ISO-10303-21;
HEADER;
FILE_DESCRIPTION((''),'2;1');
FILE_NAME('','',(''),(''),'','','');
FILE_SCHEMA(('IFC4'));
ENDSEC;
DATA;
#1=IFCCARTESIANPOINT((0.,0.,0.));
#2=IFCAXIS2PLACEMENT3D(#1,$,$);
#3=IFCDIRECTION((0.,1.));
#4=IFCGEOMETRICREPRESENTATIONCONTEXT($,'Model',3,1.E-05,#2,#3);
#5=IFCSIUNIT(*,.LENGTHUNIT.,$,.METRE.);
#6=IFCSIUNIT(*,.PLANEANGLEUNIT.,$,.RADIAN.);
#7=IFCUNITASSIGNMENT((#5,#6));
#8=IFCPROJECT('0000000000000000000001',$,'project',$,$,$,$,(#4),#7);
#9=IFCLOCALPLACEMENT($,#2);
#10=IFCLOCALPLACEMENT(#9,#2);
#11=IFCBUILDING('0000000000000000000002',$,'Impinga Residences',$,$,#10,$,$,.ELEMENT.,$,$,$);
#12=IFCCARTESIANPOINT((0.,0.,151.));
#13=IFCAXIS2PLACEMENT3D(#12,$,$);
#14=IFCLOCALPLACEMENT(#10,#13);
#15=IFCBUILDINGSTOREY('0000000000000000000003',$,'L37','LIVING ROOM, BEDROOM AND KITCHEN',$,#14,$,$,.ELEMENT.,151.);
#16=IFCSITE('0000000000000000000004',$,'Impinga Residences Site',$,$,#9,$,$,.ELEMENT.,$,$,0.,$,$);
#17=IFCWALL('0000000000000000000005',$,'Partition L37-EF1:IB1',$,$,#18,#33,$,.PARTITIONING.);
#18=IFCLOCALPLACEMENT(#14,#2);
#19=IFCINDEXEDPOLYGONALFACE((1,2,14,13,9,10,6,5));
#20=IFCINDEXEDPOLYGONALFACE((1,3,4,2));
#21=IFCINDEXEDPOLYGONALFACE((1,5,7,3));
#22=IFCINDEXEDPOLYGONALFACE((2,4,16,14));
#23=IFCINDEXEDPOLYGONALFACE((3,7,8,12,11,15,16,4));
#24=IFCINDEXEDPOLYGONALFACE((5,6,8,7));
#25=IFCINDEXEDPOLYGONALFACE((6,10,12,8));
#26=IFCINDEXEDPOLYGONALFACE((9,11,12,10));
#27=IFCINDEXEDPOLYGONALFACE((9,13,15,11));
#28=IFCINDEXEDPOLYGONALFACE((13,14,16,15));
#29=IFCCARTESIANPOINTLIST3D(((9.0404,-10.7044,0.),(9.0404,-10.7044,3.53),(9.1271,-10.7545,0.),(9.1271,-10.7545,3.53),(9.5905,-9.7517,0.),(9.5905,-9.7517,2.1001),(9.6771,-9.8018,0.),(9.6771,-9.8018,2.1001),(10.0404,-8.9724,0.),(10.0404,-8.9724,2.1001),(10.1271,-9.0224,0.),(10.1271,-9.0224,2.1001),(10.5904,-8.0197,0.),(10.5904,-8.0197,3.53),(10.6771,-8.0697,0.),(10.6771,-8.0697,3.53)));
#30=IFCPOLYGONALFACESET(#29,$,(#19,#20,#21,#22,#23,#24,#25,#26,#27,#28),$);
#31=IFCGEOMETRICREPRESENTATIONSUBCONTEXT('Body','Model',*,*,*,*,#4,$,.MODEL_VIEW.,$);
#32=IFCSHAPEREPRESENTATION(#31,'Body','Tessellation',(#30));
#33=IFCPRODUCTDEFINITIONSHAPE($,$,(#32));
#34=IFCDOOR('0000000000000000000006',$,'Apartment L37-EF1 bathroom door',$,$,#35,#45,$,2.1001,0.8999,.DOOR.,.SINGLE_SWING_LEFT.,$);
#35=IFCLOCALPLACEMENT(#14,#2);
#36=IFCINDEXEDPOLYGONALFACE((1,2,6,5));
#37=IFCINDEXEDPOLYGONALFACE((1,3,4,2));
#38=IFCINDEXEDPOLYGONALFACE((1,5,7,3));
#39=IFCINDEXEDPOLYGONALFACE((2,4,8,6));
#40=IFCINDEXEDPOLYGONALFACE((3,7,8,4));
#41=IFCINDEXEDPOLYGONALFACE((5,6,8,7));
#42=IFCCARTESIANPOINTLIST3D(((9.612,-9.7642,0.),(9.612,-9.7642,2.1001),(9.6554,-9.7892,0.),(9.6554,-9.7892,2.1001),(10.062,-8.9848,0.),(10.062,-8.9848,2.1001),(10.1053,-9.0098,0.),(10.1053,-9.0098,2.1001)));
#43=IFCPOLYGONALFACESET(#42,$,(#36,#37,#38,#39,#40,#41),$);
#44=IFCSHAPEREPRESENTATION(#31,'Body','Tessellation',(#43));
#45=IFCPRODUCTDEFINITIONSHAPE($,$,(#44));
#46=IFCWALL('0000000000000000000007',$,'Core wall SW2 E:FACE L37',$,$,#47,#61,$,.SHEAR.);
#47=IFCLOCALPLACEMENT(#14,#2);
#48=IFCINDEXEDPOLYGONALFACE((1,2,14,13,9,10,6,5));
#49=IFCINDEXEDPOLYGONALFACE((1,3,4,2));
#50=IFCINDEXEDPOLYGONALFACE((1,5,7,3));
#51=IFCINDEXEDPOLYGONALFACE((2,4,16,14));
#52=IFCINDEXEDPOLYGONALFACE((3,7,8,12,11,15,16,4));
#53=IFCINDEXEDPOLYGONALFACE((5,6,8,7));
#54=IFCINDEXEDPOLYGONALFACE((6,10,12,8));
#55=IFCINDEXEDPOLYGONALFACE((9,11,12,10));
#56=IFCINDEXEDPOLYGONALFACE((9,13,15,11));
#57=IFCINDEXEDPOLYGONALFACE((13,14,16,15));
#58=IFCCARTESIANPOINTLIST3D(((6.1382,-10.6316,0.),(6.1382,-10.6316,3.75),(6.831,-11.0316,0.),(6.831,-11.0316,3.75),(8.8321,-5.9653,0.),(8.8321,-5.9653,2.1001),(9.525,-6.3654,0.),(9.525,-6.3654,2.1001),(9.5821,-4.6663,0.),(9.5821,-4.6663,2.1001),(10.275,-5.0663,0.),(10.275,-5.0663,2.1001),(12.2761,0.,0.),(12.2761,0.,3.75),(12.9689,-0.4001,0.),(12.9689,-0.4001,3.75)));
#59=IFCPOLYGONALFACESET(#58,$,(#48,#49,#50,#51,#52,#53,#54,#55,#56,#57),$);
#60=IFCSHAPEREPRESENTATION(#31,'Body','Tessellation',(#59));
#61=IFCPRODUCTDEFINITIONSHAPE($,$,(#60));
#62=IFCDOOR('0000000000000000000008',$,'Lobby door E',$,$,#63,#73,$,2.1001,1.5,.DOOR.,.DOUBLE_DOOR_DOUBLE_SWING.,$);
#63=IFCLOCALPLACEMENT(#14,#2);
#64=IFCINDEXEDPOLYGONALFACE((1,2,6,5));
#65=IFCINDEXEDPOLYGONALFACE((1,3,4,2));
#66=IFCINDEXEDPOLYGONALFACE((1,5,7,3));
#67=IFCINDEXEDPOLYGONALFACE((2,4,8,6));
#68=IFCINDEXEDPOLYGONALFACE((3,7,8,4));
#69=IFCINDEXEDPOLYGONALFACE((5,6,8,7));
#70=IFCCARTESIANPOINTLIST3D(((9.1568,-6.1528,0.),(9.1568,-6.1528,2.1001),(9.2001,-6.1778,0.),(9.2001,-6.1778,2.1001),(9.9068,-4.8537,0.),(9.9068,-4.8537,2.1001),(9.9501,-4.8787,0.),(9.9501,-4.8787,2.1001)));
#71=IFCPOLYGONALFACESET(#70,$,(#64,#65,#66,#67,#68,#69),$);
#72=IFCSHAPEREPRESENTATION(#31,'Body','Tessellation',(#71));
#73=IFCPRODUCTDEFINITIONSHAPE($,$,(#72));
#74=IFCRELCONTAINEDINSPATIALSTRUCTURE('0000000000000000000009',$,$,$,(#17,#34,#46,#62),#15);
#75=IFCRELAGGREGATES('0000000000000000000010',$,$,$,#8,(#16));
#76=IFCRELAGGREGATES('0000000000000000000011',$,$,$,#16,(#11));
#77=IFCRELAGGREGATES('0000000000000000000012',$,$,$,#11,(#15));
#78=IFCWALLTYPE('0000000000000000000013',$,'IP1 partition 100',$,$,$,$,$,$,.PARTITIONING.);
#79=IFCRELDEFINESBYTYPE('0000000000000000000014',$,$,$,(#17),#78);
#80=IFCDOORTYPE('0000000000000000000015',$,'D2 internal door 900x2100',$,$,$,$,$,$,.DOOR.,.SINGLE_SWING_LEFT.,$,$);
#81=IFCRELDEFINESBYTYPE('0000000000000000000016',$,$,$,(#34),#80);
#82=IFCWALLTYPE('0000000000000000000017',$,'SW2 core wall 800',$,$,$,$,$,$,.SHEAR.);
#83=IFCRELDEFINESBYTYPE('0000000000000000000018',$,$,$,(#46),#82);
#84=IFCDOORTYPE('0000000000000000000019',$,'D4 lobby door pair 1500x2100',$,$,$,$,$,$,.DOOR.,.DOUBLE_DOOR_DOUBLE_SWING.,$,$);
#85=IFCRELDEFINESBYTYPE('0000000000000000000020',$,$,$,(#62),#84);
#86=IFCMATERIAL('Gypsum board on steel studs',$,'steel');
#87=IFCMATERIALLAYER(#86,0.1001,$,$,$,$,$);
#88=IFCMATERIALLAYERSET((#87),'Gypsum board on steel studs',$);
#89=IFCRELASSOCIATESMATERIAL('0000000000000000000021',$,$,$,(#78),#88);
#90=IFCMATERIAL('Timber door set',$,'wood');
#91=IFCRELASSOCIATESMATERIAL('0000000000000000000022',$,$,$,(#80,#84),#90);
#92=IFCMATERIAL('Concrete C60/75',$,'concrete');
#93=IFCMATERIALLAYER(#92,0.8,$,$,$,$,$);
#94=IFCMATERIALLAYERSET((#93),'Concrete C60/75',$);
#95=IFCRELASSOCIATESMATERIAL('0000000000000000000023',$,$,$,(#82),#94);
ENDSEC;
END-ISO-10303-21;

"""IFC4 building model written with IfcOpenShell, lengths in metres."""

from ifc_helpers import new_model, si_unit, direction, frame, frame_2d, origin, place, context, subcontext, project, spatial, rectangle, extrude, material, layer, layer_set, type_object, element, fill, save


model = new_model("IFC4")

# Units and contexts
model_context = context("Model", 3, precision=1e-05, world=origin(), true_north=direction((0.0, 1.0)))
body_context = subcontext(model_context, "Body", "Model", "MODEL_VIEW")
ifc_project = project(units=[si_unit("LENGTHUNIT", "METRE"), si_unit("PLANEANGLEUNIT", "RADIAN")], contexts=[model_context])

# Site, building, storey
site_placement = place(None, origin())
site = spatial("IfcSite", under=ifc_project, at=site_placement, Name="Impinga Residences Site", CompositionType="ELEMENT", RefElevation=0.0)
building_placement = place(site_placement, origin())
building = spatial("IfcBuilding", under=site, at=building_placement, Name="Impinga Residences", CompositionType="ELEMENT")
storey_placement = place(building_placement, frame((0.0, 0.0, 151.0)))
storey = spatial("IfcBuildingStorey", under=building, at=storey_placement, Name="L37", Description="LIVING ROOM, BEDROOM AND KITCHEN", CompositionType="ELEMENT", Elevation=151.0)

# Shared definitions
ifc_material_1 = material(Name="Concrete C60/75", Category="concrete")

# Shared definitions
ifc_material_2 = material(Name="Gypsum board on steel studs", Category="steel")
ifc_layer_1 = layer(ifc_material_2, 0.1001)
ifc_layer_set_1 = layer_set([ifc_layer_1], Name="Gypsum board on steel studs")
wall_type_1 = type_object("IfcWallType", Name="IP1 partition 100", PredefinedType="PARTITIONING", material=ifc_layer_set_1)

# Shared definitions
ifc_material_3 = material(Name="Timber door set", Category="wood")
door_type_1 = type_object("IfcDoorType", Name="D2 internal door 900x2100", OperationType="SINGLE_SWING_LEFT", PredefinedType="DOOR", material=ifc_material_3)

# Walls, openings, doors
wall_1_placement = place(storey_placement, frame((10.6338, -8.0447, 0.0), z_axis=(0.0, 0.0, 1.0), x_axis=(-0.499993, -0.86603, 0.0)))
wall_1 = element("IfcWall", 1, at=wall_1_placement, inside=storey, type_object=wall_type_1, Name="Partition L37-EF1:IB1", PredefinedType="PARTITIONING", context=body_context, shape_type="SweptSolid", body=[
    extrude(rectangle(XDim=3.1001, YDim=0.1001, at=frame_2d((1.55, 0.0))), origin(), (0.0, 0.0, 1.0), 3.53),
])
opening_1_placement = place(wall_1_placement, frame((1.1001, 0.0, 0.0)))
opening_1 = element("IfcOpeningElement", 2, at=opening_1_placement, cuts=wall_1, PredefinedType="OPENING", context=body_context, shape_type="SweptSolid", body=[
    extrude(rectangle(XDim=0.8999, YDim=2.1001, at=frame_2d((0.45, 1.05))), frame((0.0, 0.0601, 0.0), z_axis=(0.0, -1.0, 0.0), x_axis=(1.0, 0.0, 0.0)), (0.0, 0.0, 1.0), 0.1201),
])
door_1_placement = place(opening_1_placement, origin())
door_1 = element("IfcDoor", 3, at=door_1_placement, inside=storey, type_object=door_type_1, Name="Apartment L37-EF1 bathroom door", OperationType="SINGLE_SWING_LEFT", OverallHeight=2.1001, OverallWidth=0.8999, PredefinedType="DOOR", context=body_context, shape_type="SweptSolid", body=[
    extrude(rectangle(XDim=0.8999, YDim=2.1001, at=frame_2d((0.45, 1.05))), frame((0.0, 0.0249, 0.0), z_axis=(0.0, -1.0, 0.0), x_axis=(1.0, 0.0, 0.0)), (0.0, 0.0, 1.0), 0.05),
])
fill(opening_1, door_1)
ifc_layer_2 = layer(ifc_material_1, 0.8)
ifc_layer_set_2 = layer_set([ifc_layer_2], Name="Concrete C60/75")
wall_type_2 = type_object("IfcWallType", Name="SW2 core wall 800", PredefinedType="SHEAR", material=ifc_layer_set_2)
wall_2_placement = place(storey_placement, frame((12.6226, -0.2, 0.0), z_axis=(0.0, 0.0, 1.0), x_axis=(-0.499987, -0.866033, 0.0)))
wall_2 = element("IfcWall", 4, at=wall_2_placement, inside=storey, type_object=wall_type_2, Name="Core wall SW2 E:FACE L37", PredefinedType="SHEAR", context=body_context, shape_type="SweptSolid", body=[
    extrude(rectangle(XDim=12.2761, YDim=0.8, at=frame_2d((6.1382, 0.0))), origin(), (0.0, 0.0, 1.0), 3.75),
])
opening_2_placement = place(wall_2_placement, frame((5.3882, 0.0, 0.0)))
opening_2 = element("IfcOpeningElement", 5, at=opening_2_placement, cuts=wall_2, PredefinedType="OPENING", context=body_context, shape_type="SweptSolid", body=[
    extrude(rectangle(XDim=1.5, YDim=2.1001, at=frame_2d((0.75, 1.05))), frame((0.0, 0.4099, 0.0), z_axis=(0.0, -1.0, 0.0), x_axis=(1.0, 0.0, 0.0)), (0.0, 0.0, 1.0), 0.8201),
])
door_type_2 = type_object("IfcDoorType", Name="D4 lobby door pair 1500x2100", OperationType="DOUBLE_DOOR_DOUBLE_SWING", PredefinedType="DOOR", material=ifc_material_3)
door_2_placement = place(opening_2_placement, origin())
door_2 = element("IfcDoor", 6, at=door_2_placement, inside=storey, type_object=door_type_2, Name="Lobby door E", OperationType="DOUBLE_DOOR_DOUBLE_SWING", OverallHeight=2.1001, OverallWidth=1.5, PredefinedType="DOOR", context=body_context, shape_type="SweptSolid", body=[
    extrude(rectangle(XDim=1.5, YDim=2.1001, at=frame_2d((0.75, 1.05))), frame((0.0, 0.0249, 0.0), z_axis=(0.0, -1.0, 0.0), x_axis=(1.0, 0.0, 0.0)), (0.0, 0.0, 1.0), 0.05),
])
fill(opening_2, door_2)

save(model, "model.ifc")
